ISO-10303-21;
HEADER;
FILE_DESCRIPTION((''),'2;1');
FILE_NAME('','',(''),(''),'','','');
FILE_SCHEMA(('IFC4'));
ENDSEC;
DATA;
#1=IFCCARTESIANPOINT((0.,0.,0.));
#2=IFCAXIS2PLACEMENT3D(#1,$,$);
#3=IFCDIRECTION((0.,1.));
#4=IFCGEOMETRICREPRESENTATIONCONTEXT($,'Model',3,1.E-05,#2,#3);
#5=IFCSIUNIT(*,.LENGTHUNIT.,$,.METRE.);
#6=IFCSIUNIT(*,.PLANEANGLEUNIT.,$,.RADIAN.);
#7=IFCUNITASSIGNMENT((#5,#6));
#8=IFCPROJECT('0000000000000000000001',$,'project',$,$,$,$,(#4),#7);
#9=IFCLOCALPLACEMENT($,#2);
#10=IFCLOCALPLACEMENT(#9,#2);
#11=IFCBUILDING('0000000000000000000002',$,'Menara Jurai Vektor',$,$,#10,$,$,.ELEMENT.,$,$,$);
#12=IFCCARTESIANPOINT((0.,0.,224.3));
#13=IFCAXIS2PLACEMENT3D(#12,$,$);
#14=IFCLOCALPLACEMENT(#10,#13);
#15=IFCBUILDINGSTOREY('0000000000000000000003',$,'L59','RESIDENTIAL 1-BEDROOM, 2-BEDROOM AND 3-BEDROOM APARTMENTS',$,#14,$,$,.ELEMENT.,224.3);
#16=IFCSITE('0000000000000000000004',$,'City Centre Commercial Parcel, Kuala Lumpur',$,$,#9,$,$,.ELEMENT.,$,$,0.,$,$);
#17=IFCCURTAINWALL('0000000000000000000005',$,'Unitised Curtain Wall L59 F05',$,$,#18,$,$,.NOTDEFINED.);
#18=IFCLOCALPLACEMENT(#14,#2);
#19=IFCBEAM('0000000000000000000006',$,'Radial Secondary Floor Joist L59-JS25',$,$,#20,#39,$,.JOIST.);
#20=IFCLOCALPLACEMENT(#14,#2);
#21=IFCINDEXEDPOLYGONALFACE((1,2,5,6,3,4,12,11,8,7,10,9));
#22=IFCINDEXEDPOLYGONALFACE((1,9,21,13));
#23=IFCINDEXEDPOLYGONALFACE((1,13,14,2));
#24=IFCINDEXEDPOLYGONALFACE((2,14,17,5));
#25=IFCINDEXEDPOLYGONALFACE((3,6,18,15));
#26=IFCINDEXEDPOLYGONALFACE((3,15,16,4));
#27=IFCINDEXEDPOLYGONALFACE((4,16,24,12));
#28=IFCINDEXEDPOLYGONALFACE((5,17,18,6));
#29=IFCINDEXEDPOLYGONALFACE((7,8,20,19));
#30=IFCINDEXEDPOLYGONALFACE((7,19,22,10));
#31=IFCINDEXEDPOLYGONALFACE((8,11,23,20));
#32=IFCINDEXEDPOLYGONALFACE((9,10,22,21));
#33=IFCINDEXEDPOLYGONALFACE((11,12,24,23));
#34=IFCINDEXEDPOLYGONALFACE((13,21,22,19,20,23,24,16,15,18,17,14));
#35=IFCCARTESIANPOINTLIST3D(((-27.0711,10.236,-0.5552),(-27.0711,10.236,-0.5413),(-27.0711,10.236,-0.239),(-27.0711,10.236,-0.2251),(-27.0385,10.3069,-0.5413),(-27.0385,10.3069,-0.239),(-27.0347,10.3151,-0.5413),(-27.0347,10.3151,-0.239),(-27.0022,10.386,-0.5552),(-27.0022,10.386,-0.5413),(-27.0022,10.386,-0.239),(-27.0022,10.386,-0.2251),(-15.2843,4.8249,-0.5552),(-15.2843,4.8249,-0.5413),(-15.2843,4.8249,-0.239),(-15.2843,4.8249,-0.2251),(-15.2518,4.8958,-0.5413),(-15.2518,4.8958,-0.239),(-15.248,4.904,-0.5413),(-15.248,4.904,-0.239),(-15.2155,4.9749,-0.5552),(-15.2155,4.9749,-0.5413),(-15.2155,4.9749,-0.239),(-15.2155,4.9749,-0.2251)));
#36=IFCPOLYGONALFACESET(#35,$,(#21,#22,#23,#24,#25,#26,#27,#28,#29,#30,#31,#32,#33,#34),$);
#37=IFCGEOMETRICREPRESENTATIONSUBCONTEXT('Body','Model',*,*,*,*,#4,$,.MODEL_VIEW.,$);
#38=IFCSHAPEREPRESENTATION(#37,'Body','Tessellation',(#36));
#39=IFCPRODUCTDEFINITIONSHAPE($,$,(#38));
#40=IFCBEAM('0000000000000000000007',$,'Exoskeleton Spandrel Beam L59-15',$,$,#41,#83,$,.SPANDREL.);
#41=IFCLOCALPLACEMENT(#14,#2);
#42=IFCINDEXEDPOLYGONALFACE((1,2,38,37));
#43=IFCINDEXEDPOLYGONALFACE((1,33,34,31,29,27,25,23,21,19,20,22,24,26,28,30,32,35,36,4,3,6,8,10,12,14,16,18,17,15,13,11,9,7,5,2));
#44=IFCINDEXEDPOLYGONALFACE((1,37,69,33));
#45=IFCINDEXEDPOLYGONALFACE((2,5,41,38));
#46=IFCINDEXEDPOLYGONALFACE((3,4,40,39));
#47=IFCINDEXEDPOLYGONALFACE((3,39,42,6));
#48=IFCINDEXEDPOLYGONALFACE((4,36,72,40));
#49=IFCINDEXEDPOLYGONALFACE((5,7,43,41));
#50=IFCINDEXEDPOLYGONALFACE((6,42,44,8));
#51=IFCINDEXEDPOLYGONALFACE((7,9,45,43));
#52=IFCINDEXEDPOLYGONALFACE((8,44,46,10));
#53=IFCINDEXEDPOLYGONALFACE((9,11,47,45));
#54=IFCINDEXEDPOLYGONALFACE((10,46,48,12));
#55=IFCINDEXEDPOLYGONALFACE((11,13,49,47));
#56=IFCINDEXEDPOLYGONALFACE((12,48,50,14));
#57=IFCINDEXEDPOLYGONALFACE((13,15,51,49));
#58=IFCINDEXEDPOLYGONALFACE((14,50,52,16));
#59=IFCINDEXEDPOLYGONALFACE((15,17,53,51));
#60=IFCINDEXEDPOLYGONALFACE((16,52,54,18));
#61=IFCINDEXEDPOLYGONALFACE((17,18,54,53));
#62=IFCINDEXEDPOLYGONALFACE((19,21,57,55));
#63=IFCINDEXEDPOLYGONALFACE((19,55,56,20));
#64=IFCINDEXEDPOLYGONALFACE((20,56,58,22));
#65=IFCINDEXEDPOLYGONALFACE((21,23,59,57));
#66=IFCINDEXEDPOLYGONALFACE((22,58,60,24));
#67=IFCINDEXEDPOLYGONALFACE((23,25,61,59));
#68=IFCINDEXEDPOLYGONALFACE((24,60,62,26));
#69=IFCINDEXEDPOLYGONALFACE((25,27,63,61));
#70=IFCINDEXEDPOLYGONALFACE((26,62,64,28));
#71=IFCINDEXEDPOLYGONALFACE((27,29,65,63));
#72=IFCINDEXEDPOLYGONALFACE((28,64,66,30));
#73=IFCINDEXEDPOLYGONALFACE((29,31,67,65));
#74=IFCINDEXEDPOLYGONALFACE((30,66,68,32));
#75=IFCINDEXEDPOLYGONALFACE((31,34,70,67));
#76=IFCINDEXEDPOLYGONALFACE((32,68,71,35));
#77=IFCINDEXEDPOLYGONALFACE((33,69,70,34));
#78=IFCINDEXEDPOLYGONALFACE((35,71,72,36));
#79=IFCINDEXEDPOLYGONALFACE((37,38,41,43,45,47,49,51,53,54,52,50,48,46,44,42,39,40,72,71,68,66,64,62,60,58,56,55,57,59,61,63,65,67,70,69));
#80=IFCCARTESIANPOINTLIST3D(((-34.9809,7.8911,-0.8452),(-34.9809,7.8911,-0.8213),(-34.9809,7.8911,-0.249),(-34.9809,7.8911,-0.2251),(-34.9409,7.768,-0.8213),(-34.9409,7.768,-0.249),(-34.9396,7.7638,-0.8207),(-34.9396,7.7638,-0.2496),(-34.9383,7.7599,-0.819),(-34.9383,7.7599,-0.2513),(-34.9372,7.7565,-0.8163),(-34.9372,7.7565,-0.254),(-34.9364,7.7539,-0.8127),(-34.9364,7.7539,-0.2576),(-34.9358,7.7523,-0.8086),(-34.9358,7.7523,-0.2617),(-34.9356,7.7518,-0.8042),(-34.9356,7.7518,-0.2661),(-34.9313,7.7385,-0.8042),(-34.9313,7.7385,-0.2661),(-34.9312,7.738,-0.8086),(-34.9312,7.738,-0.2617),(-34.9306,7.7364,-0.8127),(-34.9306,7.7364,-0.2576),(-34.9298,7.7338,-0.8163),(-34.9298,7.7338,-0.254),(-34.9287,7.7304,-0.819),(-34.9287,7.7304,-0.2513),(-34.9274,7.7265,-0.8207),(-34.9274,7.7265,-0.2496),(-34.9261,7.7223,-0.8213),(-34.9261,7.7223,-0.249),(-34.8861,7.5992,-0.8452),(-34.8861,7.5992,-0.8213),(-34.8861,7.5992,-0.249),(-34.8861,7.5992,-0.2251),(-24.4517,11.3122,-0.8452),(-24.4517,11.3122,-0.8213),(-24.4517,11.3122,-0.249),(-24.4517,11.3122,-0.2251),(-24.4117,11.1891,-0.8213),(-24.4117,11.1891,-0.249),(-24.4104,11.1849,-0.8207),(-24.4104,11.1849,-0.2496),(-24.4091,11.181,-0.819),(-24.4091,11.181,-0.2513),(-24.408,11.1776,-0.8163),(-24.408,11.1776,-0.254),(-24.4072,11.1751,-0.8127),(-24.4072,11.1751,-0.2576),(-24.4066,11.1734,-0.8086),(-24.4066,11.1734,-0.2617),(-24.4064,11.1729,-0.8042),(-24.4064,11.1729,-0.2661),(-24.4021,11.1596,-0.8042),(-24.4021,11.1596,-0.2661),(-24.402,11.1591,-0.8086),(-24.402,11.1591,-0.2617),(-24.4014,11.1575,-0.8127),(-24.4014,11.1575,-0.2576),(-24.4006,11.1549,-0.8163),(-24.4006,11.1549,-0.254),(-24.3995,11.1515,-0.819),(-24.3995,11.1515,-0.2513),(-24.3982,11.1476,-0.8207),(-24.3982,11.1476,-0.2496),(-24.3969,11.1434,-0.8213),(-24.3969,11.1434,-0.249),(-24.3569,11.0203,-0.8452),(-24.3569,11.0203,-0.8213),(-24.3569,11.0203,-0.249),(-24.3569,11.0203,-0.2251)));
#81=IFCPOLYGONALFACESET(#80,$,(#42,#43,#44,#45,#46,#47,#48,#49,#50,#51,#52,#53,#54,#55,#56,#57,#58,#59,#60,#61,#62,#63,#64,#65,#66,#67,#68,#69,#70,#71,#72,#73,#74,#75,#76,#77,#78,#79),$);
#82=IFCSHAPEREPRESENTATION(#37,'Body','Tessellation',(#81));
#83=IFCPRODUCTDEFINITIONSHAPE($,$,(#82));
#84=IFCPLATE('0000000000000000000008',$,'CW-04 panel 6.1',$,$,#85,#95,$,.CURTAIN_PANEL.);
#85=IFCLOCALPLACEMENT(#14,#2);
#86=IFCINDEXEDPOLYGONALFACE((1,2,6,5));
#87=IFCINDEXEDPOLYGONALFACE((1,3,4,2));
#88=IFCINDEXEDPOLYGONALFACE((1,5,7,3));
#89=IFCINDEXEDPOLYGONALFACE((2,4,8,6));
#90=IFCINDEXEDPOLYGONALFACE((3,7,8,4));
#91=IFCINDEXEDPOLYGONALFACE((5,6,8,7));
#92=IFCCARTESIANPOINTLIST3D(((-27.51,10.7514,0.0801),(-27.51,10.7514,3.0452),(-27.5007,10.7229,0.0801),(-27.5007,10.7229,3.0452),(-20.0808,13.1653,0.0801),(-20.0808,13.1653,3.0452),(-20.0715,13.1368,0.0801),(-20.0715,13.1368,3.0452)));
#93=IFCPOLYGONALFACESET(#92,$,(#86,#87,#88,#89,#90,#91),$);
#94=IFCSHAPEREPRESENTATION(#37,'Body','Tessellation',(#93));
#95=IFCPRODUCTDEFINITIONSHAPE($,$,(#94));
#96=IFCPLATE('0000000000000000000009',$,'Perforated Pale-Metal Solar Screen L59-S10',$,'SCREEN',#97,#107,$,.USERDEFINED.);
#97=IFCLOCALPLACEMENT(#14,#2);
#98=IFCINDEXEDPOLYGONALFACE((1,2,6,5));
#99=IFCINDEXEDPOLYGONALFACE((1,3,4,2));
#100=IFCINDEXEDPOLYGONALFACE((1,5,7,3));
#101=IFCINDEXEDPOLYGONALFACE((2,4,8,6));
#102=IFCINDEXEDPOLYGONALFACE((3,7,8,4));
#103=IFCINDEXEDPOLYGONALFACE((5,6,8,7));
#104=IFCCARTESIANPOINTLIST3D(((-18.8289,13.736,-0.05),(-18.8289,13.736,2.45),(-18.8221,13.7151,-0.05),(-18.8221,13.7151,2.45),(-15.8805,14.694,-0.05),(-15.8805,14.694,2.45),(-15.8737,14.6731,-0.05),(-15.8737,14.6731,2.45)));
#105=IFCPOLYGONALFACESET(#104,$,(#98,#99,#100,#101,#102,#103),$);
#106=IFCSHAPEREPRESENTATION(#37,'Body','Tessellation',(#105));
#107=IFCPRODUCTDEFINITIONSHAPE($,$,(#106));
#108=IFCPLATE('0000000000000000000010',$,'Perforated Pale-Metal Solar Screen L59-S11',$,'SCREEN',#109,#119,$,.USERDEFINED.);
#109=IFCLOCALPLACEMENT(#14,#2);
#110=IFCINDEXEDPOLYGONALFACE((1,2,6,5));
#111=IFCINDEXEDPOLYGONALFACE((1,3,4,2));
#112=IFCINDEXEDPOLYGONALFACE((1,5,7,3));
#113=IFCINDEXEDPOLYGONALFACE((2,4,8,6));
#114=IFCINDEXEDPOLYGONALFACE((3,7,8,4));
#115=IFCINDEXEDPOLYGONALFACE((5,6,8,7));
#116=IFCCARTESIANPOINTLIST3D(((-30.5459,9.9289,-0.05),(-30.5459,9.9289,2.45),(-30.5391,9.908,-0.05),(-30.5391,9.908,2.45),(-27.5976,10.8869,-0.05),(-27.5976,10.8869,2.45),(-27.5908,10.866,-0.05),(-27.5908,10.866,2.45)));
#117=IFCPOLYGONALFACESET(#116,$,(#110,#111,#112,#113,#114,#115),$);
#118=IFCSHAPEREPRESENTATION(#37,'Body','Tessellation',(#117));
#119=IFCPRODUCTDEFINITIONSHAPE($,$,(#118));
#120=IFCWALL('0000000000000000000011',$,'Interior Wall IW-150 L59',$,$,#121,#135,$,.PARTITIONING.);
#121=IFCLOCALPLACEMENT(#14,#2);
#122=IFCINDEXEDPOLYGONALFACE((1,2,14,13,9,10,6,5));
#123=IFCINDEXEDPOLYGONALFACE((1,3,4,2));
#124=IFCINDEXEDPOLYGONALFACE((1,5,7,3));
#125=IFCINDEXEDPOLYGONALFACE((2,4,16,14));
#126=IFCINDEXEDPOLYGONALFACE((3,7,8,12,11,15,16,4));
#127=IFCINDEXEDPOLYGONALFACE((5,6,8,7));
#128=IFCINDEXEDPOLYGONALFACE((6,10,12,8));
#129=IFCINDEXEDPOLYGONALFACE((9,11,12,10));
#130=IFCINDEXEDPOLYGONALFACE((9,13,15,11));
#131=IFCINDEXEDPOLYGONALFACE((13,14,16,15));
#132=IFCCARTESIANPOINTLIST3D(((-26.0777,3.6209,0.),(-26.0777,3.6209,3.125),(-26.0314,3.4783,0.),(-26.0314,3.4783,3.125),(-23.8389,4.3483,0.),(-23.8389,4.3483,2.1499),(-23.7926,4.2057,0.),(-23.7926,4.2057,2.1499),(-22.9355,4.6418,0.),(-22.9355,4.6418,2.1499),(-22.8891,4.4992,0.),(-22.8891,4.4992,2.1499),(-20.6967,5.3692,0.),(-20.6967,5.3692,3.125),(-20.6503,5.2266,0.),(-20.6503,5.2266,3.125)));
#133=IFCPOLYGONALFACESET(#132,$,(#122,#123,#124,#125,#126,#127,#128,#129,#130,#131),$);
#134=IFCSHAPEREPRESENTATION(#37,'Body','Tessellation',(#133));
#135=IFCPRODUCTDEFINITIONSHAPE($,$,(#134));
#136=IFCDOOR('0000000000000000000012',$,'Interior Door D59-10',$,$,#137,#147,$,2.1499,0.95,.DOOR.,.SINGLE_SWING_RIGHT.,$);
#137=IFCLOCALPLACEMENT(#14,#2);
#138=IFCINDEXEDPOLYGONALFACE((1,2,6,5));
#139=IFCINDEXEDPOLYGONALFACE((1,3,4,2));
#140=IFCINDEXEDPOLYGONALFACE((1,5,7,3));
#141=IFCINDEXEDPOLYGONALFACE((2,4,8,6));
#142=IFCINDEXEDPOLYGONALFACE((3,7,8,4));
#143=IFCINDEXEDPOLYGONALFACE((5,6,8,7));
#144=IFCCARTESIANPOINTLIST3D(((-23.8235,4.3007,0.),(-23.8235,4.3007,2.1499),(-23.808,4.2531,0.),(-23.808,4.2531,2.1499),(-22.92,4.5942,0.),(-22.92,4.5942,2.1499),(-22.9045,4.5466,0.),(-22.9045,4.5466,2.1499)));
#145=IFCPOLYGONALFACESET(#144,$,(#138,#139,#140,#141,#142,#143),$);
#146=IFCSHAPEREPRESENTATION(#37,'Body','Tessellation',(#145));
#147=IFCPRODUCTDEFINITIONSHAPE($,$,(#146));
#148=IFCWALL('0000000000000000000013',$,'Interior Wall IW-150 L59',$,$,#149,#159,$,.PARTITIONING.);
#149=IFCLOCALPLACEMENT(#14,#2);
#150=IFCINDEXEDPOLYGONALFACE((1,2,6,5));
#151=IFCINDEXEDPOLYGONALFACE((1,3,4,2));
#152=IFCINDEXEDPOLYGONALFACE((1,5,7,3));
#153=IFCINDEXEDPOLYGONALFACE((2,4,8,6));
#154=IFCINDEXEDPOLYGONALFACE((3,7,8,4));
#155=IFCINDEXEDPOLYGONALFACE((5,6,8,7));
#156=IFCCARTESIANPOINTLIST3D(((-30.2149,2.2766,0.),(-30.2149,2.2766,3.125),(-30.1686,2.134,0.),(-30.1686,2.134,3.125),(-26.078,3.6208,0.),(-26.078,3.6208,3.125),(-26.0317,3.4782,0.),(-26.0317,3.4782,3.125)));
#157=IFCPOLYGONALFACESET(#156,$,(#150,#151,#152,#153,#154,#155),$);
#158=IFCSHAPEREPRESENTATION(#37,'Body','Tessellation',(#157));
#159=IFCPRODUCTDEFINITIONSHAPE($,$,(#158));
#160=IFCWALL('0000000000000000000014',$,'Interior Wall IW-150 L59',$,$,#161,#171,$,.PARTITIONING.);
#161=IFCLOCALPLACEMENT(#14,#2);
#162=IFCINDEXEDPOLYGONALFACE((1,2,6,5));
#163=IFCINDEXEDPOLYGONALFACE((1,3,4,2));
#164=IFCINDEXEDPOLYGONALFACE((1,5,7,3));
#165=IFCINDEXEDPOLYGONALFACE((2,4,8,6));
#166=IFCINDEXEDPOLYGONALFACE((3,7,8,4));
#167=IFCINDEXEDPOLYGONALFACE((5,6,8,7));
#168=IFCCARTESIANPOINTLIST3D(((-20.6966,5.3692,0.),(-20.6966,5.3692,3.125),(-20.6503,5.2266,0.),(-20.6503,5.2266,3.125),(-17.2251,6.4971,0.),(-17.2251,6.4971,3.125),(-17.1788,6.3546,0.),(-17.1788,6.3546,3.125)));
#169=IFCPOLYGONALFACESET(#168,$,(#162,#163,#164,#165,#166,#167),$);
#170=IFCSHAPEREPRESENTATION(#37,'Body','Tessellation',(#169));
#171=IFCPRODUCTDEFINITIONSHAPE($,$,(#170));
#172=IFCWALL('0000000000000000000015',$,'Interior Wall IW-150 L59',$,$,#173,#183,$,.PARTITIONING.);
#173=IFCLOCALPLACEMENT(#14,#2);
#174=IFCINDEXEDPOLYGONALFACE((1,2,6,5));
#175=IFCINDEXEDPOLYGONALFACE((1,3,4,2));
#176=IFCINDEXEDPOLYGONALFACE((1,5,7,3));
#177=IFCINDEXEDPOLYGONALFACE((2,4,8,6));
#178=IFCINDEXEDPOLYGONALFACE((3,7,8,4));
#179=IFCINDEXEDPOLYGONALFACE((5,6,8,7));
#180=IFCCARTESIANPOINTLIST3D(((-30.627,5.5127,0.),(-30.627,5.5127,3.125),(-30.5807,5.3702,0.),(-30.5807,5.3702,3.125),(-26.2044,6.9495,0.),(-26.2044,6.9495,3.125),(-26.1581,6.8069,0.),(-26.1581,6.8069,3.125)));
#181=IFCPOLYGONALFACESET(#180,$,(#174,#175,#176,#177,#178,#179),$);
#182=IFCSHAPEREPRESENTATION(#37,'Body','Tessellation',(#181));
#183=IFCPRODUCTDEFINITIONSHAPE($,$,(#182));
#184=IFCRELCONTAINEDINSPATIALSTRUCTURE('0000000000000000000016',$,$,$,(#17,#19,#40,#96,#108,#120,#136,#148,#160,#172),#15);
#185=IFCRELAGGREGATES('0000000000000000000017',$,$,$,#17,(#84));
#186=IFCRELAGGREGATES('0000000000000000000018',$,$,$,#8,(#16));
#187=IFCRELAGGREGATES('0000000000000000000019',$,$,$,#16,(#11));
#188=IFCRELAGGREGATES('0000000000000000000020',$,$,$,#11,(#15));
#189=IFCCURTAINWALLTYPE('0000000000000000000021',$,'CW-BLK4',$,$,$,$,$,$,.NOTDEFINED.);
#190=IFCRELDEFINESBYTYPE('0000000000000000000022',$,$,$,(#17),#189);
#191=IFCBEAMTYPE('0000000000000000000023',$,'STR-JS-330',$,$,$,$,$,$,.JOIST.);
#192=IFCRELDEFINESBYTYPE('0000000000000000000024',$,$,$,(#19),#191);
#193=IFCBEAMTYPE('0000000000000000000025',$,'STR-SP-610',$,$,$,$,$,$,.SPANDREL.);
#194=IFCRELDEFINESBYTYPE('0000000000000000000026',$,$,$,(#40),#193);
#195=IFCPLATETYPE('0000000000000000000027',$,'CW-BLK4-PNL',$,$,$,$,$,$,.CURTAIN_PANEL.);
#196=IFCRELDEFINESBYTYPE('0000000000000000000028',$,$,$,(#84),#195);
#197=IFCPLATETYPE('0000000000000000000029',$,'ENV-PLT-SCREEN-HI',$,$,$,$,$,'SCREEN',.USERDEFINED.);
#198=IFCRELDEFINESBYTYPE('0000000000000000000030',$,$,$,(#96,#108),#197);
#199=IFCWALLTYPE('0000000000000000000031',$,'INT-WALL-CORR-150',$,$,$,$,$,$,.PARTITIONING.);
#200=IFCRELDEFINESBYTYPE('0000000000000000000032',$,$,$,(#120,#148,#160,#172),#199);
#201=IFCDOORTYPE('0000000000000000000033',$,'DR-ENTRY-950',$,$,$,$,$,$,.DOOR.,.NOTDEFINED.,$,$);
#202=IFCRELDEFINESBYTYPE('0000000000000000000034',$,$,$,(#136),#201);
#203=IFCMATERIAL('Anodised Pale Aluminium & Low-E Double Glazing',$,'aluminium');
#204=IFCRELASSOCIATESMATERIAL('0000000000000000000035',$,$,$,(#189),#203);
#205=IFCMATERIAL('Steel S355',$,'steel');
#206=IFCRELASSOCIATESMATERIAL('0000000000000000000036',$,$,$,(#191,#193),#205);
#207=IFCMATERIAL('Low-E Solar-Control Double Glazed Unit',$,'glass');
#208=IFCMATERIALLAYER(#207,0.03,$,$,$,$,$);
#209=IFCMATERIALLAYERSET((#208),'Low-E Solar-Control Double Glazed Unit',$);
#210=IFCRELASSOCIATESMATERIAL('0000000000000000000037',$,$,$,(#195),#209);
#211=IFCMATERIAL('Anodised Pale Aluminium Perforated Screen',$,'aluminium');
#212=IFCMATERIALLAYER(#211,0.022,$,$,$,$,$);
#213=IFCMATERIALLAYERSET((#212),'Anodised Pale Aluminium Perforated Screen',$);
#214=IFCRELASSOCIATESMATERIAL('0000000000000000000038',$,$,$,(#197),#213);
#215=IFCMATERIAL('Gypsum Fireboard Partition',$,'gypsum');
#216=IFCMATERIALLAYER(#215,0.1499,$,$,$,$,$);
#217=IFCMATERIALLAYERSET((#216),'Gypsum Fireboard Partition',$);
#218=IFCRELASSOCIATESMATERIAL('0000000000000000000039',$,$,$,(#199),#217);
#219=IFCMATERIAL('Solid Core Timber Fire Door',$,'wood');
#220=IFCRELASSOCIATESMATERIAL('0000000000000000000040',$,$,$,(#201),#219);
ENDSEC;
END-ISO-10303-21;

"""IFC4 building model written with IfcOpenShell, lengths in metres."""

from ifc_helpers import new_model, si_unit, direction, frame, frame_2d, origin, origin_2d, place, context, subcontext, project, spatial, rectangle, i_section, extrude, material, layer, layer_set, material_profile, profile_set, type_object, element, fill, aggregate, save


model = new_model("IFC4")

# Units and contexts
model_context = context("Model", 3, precision=1e-05, world=origin(), true_north=direction((0.0, 1.0)))
body_context = subcontext(model_context, "Body", "Model", "MODEL_VIEW")
ifc_project = project(units=[si_unit("LENGTHUNIT", "METRE"), si_unit("PLANEANGLEUNIT", "RADIAN")], contexts=[model_context])

# Site, building, storey
site_placement = place(None, origin())
site = spatial("IfcSite", under=ifc_project, at=site_placement, Name="City Centre Commercial Parcel, Kuala Lumpur", CompositionType="ELEMENT", RefElevation=0.0)
building_placement = place(site_placement, origin())
building = spatial("IfcBuilding", under=site, at=building_placement, Name="Menara Jurai Vektor", CompositionType="ELEMENT")
storey_placement = place(building_placement, frame((0.0, 0.0, 224.3)))
storey = spatial("IfcBuildingStorey", under=building, at=storey_placement, Name="L59", Description="RESIDENTIAL 1-BEDROOM, 2-BEDROOM AND 3-BEDROOM APARTMENTS", CompositionType="ELEMENT", Elevation=224.3)

# Curtain wall
ifc_material_1 = material(Name="Anodised Pale Aluminium & Low-E Double Glazing", Category="aluminium")
curtain_wall_type = type_object("IfcCurtainWallType", Name="CW-BLK4", PredefinedType="NOTDEFINED", material=ifc_material_1)
curtain_wall_placement = place(storey_placement, origin())
curtain_wall = element("IfcCurtainWall", 1, at=curtain_wall_placement, inside=storey, type_object=curtain_wall_type, Name="Unitised Curtain Wall L59 F05", PredefinedType="NOTDEFINED")

# Beams
ifc_material_2 = material(Name="Steel S355", Category="steel")
ifc_material_profile_1 = material_profile(ifc_material_2, i_section(OverallWidth=0.165, OverallDepth=0.3301, WebThickness=0.009, FlangeThickness=0.0139, at=origin_2d()), Name="PG 330x165x46")
ifc_profile_set_1 = profile_set([ifc_material_profile_1], Name="Steel S355")
beam_type_1 = type_object("IfcBeamType", Name="STR-JS-330", PredefinedType="JOIST", material=ifc_profile_set_1)
beam_1_placement = place(storey_placement, frame((-27.0366, 10.311, -0.3901), z_axis=(0.908804, -0.417224, 0.0), x_axis=(0.417224, 0.908804, 0.0)))
element("IfcBeam", 2, at=beam_1_placement, inside=storey, type_object=beam_type_1, Name="Radial Secondary Floor Joist L59-JS25", PredefinedType="JOIST", context=body_context, shape_type="SweptSolid", body=[
    extrude(i_section(OverallWidth=0.165, OverallDepth=0.3301, WebThickness=0.009, FlangeThickness=0.0139, at=origin_2d()), origin(), (0.0, 0.0, 1.0), 12.9695),
])
ifc_material_profile_2 = material_profile(ifc_material_2, i_section(OverallWidth=0.3069, OverallDepth=0.6201, WebThickness=0.0139, FlangeThickness=0.0239, FilletRadius=0.0171, at=origin_2d()), Name="UKB 610x305x179")
ifc_profile_set_2 = profile_set([ifc_material_profile_2], Name="Steel S355")
beam_type_2 = type_object("IfcBeamType", Name="STR-SP-610", PredefinedType="SPANDREL", material=ifc_profile_set_2)
beam_2_placement = place(storey_placement, frame((-24.4043, 11.1663, -0.5352), z_axis=(-0.951057, -0.309014, 0.0), x_axis=(0.309014, -0.951057, 0.0)))
element("IfcBeam", 3, at=beam_2_placement, inside=storey, type_object=beam_type_2, Name="Exoskeleton Spandrel Beam L59-15", PredefinedType="SPANDREL", context=body_context, shape_type="SweptSolid", body=[
    extrude(i_section(OverallWidth=0.3069, OverallDepth=0.6201, WebThickness=0.0139, FlangeThickness=0.0239, FilletRadius=0.0171, at=origin_2d()), origin(), (0.0, 0.0, 1.0), 11.071),
])

# Plate
ifc_material_3 = material(Name="Low-E Solar-Control Double Glazed Unit", Category="glass")
ifc_layer_1 = layer(ifc_material_3, 0.03)
ifc_layer_set_1 = layer_set([ifc_layer_1], Name="Low-E Solar-Control Double Glazed Unit")
plate_type_1 = type_object("IfcPlateType", Name="CW-BLK4-PNL", PredefinedType="CURTAIN_PANEL", material=ifc_layer_set_1)
plate_placement = place(storey_placement, frame((-23.7908, 11.9441, 0.0801), z_axis=(0.0, 0.0, 1.0), x_axis=(-0.951056, -0.309017, 0.0)))
plate = element("IfcPlate", 4, at=plate_placement, type_object=plate_type_1, Name="CW-04 panel 6.1", PredefinedType="CURTAIN_PANEL", context=body_context, shape_type="SweptSolid", body=[
    extrude(rectangle(XDim=7.8115, YDim=0.03, at=origin_2d()), origin(), (0.0, 0.0, 1.0), 2.9651),
])
aggregate(curtain_wall, [plate])

# Plates
ifc_material_4 = material(Name="Anodised Pale Aluminium Perforated Screen", Category="aluminium")
ifc_layer_2 = layer(ifc_material_4, 0.022)
ifc_layer_set_2 = layer_set([ifc_layer_2], Name="Anodised Pale Aluminium Perforated Screen")
plate_type_2 = type_object("IfcPlateType", Name="ENV-PLT-SCREEN-HI", ElementType="SCREEN", PredefinedType="USERDEFINED", material=ifc_layer_set_2)
for number, where, z_axis, x_axis, name in (
    (5, (-17.3513, 14.2046, -0.05), (0.0, 0.0, 1.0), (-0.951057, -0.309017, 0.0), "Perforated Pale-Metal Solar Screen L59-S10"),
    (6, (-29.0684, 10.3975, -0.05), (0.0, 0.0, 1.0), (-0.951057, -0.309017, 0.0), "Perforated Pale-Metal Solar Screen L59-S11"),
):
    element("IfcPlate", number, at=place(storey_placement, frame(where, z_axis=z_axis, x_axis=x_axis)), inside=storey, type_object=plate_type_2, Name=name, ObjectType="SCREEN", PredefinedType="USERDEFINED", context=body_context, shape_type="SweptSolid", body=[
        extrude(rectangle(XDim=3.1001, YDim=0.022, at=origin_2d()), origin(), (0.0, 0.0, 1.0), 2.5),
    ])

# Wall, opening, door
ifc_material_5 = material(Name="Gypsum Fireboard Partition", Category="gypsum")
ifc_layer_3 = layer(ifc_material_5, 0.1499)
ifc_layer_set_3 = layer_set([ifc_layer_3], Name="Gypsum Fireboard Partition")
wall_type_1 = type_object("IfcWallType", Name="INT-WALL-CORR-150", PredefinedType="PARTITIONING", material=ifc_layer_set_3)
wall_1_placement = place(storey_placement, frame((-26.0547, 3.5496, 0.0), z_axis=(0.0, 0.0, 1.0), x_axis=(0.951064, 0.308995, 0.0)))
wall_1 = element("IfcWall", 7, at=wall_1_placement, inside=storey, type_object=wall_type_1, Name="Interior Wall IW-150 L59", PredefinedType="PARTITIONING", context=body_context, shape_type="SweptSolid", body=[
    extrude(rectangle(XDim=5.658, YDim=0.1499, at=frame_2d((2.8291, 0.0))), origin(), (0.0, 0.0, 1.0), 3.125),
])
opening_1_placement = place(wall_1_placement, frame((2.354, 0.0, 0.0)))
opening_1 = element("IfcOpeningElement", 8, at=opening_1_placement, cuts=wall_1, PredefinedType="OPENING", context=body_context, shape_type="SweptSolid", body=[
    extrude(rectangle(XDim=0.95, YDim=2.1499, at=frame_2d((0.4751, 1.075))), frame((0.0, 0.085, 0.0), z_axis=(0.0, -1.0, 0.0), x_axis=(1.0, 0.0, 0.0)), (0.0, 0.0, 1.0), 0.1699),
])
ifc_material_6 = material(Name="Solid Core Timber Fire Door", Category="wood")
door_type_1 = type_object("IfcDoorType", Name="DR-ENTRY-950", OperationType="NOTDEFINED", PredefinedType="DOOR", material=ifc_material_6)
door_1_placement = place(opening_1_placement, origin())
door_1 = element("IfcDoor", 9, at=door_1_placement, inside=storey, type_object=door_type_1, Name="Interior Door D59-10", OperationType="SINGLE_SWING_RIGHT", OverallHeight=2.1499, OverallWidth=0.95, PredefinedType="DOOR", context=body_context, shape_type="SweptSolid", body=[
    extrude(rectangle(XDim=0.95, YDim=2.1499, at=frame_2d((0.4751, 1.075))), frame((0.0, 0.0249, 0.0), z_axis=(0.0, -1.0, 0.0), x_axis=(1.0, 0.0, 0.0)), (0.0, 0.0, 1.0), 0.05),
])
fill(opening_1, door_1)

# Walls
wall_2_placement = place(storey_placement, frame((-30.1917, 2.2053, 0.0), z_axis=(0.0, 0.0, 1.0), x_axis=(0.951053, 0.309029, 0.0)))
element("IfcWall", 10, at=wall_2_placement, inside=storey, type_object=wall_type_1, Name="Interior Wall IW-150 L59", PredefinedType="PARTITIONING", context=body_context, shape_type="SweptSolid", body=[
    extrude(rectangle(XDim=4.3499, YDim=0.1499, at=frame_2d((2.1748, 0.0))), origin(), (0.0, 0.0, 1.0), 3.125),
])
wall_3_placement = place(storey_placement, frame((-20.6736, 5.2979, 0.0), z_axis=(0.0, 0.0, 1.0), x_axis=(0.951057, 0.309015, 0.0)))
element("IfcWall", 11, at=wall_3_placement, inside=storey, type_object=wall_type_1, Name="Interior Wall IW-150 L59", PredefinedType="PARTITIONING", context=body_context, shape_type="SweptSolid", body=[
    extrude(rectangle(XDim=3.6501, YDim=0.1499, at=frame_2d((1.8252, 0.0))), origin(), (0.0, 0.0, 1.0), 3.125),
])

# Wall
wall_4_placement = place(storey_placement, frame((-30.604, 5.4414, 0.0), z_axis=(0.0, 0.0, 1.0), x_axis=(0.951071, 0.308973, 0.0)))
element("IfcWall", 12, at=wall_4_placement, inside=storey, type_object=wall_type_1, Name="Interior Wall IW-150 L59", PredefinedType="PARTITIONING", context=body_context, shape_type="SweptSolid", body=[
    extrude(rectangle(XDim=4.6501, YDim=0.1499, at=frame_2d((2.3252, 0.0))), origin(), (0.0, 0.0, 1.0), 3.125),
])

save(model, "model.ifc")
